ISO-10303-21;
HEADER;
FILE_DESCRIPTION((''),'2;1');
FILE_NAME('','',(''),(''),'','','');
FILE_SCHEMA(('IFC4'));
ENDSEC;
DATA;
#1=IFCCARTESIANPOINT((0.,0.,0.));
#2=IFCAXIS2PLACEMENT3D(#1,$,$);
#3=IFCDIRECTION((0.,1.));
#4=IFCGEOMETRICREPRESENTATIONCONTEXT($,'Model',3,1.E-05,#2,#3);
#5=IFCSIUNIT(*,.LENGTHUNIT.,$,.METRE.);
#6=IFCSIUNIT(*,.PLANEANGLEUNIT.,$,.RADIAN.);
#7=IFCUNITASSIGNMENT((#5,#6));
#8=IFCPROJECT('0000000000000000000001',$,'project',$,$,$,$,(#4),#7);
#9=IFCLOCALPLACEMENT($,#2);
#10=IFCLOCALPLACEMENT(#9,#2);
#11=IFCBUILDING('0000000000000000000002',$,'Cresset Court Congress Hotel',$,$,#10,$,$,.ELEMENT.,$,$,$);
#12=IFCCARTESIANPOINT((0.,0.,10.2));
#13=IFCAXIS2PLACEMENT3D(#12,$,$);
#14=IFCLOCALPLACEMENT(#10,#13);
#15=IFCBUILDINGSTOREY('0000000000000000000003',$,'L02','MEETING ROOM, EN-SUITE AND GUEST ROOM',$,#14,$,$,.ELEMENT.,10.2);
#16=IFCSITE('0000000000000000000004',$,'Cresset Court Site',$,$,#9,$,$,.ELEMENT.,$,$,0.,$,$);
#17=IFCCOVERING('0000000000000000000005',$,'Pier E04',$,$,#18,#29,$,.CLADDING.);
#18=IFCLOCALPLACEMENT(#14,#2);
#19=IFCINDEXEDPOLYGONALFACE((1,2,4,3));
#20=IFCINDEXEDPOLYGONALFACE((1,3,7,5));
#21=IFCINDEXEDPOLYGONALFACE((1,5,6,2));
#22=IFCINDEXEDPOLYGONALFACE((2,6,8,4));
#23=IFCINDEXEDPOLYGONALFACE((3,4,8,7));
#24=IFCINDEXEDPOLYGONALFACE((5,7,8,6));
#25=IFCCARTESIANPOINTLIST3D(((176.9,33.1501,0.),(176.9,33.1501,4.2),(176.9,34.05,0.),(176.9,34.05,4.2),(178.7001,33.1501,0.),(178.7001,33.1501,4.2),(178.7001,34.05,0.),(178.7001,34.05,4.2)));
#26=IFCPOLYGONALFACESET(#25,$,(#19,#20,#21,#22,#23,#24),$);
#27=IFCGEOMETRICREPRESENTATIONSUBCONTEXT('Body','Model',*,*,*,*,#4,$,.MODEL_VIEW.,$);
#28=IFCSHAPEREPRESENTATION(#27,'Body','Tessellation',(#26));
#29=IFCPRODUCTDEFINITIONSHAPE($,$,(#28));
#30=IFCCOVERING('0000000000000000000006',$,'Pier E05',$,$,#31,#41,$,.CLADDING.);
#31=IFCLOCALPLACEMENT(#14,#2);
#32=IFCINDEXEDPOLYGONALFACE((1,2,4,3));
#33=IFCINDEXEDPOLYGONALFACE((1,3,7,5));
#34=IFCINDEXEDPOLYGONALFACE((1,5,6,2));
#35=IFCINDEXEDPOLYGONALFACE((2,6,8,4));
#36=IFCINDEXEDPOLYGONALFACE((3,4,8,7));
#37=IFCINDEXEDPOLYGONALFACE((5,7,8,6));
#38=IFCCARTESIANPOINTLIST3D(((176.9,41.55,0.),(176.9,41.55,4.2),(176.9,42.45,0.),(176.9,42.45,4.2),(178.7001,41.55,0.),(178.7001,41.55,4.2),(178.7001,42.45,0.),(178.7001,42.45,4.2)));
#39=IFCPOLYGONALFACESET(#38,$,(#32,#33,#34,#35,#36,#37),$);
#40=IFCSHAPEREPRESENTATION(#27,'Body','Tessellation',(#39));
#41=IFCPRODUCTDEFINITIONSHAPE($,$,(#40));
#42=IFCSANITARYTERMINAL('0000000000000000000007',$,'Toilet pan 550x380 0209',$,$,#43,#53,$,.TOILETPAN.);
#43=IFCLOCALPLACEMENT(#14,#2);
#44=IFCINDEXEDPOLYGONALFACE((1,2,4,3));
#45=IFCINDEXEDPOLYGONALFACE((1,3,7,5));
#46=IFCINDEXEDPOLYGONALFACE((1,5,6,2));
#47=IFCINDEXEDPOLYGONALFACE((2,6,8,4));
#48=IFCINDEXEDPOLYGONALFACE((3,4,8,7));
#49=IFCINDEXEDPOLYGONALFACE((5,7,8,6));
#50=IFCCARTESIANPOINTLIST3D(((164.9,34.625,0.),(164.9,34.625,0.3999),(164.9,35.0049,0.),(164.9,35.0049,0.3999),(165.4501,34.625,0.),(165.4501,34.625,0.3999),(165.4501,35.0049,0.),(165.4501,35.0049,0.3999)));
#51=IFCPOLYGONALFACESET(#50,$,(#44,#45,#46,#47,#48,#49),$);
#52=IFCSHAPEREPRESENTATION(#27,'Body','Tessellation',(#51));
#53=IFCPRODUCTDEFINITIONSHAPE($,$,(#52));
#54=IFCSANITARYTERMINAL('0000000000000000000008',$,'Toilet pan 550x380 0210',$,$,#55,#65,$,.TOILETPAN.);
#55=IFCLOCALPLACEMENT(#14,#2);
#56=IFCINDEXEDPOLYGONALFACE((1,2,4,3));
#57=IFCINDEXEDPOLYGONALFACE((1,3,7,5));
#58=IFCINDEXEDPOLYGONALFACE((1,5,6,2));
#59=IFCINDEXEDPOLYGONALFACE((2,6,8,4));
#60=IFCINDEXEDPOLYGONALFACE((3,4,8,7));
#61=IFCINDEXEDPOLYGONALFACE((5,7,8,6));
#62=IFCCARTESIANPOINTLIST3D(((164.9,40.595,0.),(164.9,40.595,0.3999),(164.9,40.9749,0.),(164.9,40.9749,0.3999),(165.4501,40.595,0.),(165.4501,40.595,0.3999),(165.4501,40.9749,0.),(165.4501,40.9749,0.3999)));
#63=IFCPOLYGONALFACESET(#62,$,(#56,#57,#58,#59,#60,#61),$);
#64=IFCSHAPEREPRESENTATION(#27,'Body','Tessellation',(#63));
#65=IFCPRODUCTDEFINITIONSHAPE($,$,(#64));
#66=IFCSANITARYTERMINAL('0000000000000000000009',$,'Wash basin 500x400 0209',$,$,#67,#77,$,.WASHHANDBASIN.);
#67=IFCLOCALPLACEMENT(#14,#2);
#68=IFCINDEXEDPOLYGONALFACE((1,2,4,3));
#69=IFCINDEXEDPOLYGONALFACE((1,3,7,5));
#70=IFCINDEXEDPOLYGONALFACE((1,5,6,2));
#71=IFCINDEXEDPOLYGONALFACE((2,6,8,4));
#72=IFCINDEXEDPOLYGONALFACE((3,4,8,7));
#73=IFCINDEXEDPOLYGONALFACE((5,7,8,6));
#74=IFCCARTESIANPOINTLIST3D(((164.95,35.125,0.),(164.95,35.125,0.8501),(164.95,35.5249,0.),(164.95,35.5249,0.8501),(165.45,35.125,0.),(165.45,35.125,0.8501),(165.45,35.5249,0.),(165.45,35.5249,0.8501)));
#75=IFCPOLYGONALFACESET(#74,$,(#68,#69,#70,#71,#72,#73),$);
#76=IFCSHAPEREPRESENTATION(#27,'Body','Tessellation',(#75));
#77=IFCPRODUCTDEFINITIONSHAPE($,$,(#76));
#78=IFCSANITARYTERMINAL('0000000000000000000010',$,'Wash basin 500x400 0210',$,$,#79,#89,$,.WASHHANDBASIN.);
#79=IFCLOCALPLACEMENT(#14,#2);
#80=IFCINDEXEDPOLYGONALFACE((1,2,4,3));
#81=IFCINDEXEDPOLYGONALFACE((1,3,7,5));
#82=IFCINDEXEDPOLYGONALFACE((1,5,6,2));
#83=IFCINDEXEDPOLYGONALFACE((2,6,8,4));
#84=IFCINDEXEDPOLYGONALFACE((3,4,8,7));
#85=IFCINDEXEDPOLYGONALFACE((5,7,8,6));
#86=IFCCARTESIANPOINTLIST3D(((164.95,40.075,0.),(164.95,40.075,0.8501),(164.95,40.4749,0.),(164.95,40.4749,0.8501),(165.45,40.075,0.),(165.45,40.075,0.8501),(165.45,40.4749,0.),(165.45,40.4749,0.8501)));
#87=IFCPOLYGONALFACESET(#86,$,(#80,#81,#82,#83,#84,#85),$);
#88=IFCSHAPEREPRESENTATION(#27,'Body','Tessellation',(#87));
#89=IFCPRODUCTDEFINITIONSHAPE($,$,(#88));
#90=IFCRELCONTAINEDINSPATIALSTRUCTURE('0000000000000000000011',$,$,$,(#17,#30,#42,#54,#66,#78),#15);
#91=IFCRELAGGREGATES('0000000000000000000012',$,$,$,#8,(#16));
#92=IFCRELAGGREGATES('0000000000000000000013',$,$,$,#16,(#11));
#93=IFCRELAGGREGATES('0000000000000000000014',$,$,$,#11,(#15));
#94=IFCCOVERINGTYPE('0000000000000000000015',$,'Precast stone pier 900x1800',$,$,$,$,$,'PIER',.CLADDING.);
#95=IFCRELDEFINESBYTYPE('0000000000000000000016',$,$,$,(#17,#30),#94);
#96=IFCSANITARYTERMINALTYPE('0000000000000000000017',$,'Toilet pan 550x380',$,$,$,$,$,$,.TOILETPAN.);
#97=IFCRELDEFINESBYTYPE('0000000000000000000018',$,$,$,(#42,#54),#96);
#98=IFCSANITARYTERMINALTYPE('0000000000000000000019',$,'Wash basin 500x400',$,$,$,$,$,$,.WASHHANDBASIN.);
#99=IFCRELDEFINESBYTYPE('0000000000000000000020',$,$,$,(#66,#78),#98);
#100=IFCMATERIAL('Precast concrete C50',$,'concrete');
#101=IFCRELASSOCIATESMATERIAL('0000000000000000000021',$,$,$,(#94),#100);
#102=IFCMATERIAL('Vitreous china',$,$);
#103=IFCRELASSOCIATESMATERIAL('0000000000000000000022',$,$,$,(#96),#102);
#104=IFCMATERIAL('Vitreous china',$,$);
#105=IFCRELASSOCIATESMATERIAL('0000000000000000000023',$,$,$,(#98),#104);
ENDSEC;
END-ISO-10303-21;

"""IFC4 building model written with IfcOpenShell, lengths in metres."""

from ifc_helpers import new_model, si_unit, direction, frame, origin, origin_2d, place, context, subcontext, project, spatial, rectangle, extrude, material, type_object, element, save


model = new_model("IFC4")

# Units and contexts
model_context = context("Model", 3, precision=1e-05, world=origin(), true_north=direction((0.0, 1.0)))
body_context = subcontext(model_context, "Body", "Model", "MODEL_VIEW")
ifc_project = project(units=[si_unit("LENGTHUNIT", "METRE"), si_unit("PLANEANGLEUNIT", "RADIAN")], contexts=[model_context])

# Site, building, storey
site_placement = place(None, origin())
site = spatial("IfcSite", under=ifc_project, at=site_placement, Name="Cresset Court Site", CompositionType="ELEMENT", RefElevation=0.0)
building_placement = place(site_placement, origin())
building = spatial("IfcBuilding", under=site, at=building_placement, Name="Cresset Court Congress Hotel", CompositionType="ELEMENT")
storey_placement = place(building_placement, frame((0.0, 0.0, 10.2)))
storey = spatial("IfcBuildingStorey", under=building, at=storey_placement, Name="L02", Description="MEETING ROOM, EN-SUITE AND GUEST ROOM", CompositionType="ELEMENT", Elevation=10.2)

# Coverings
ifc_material_1 = material(Name="Precast concrete C50", Category="concrete")
covering_type_1 = type_object("IfcCoveringType", Name="Precast stone pier 900x1800", ElementType="PIER", PredefinedType="CLADDING", material=ifc_material_1)
for number, where, z_axis, x_axis, name in (
    (1, (177.8, 33.6001, 0.0), (0.0, 0.0, 1.0), (1.0, 0.0, 0.0), "Pier E04"),
    (2, (177.8, 42.0, 0.0), (0.0, 0.0, 1.0), (1.0, 0.0, 0.0), "Pier E05"),
):
    element("IfcCovering", number, at=place(storey_placement, frame(where, z_axis=z_axis, x_axis=x_axis)), inside=storey, type_object=covering_type_1, Name=name, PredefinedType="CLADDING", context=body_context, shape_type="SweptSolid", body=[
        extrude(rectangle(XDim=1.8, YDim=0.8999, at=origin_2d()), origin(), (0.0, 0.0, 1.0), 4.2),
    ])

# Sanitary terminals
ifc_material_2 = material(Name="Vitreous china")
sanitary_terminal_type_1 = type_object("IfcSanitaryTerminalType", Name="Toilet pan 550x380", PredefinedType="TOILETPAN", material=ifc_material_2)
for number, where, z_axis, x_axis, name in (
    (3, (165.175, 34.8149, 0.0), (0.0, 0.0, 1.0), (1.0, 0.0, 0.0), "Toilet pan 550x380 0209"),
    (4, (165.175, 40.7849, 0.0), (0.0, 0.0, 1.0), (1.0, 0.0, 0.0), "Toilet pan 550x380 0210"),
):
    element("IfcSanitaryTerminal", number, at=place(storey_placement, frame(where, z_axis=z_axis, x_axis=x_axis)), inside=storey, type_object=sanitary_terminal_type_1, Name=name, PredefinedType="TOILETPAN", context=body_context, shape_type="SweptSolid", body=[
        extrude(rectangle(XDim=0.55, YDim=0.3799, at=origin_2d()), origin(), (0.0, 0.0, 1.0), 0.3999),
    ])
ifc_material_3 = material(Name="Vitreous china")
sanitary_terminal_type_2 = type_object("IfcSanitaryTerminalType", Name="Wash basin 500x400", PredefinedType="WASHHANDBASIN", material=ifc_material_3)
for number, where, z_axis, x_axis, name in (
    (5, (165.2, 35.325, 0.0), (0.0, 0.0, 1.0), (1.0, 0.0, 0.0), "Wash basin 500x400 0209"),
    (6, (165.2, 40.2749, 0.0), (0.0, 0.0, 1.0), (1.0, 0.0, 0.0), "Wash basin 500x400 0210"),
):
    element("IfcSanitaryTerminal", number, at=place(storey_placement, frame(where, z_axis=z_axis, x_axis=x_axis)), inside=storey, type_object=sanitary_terminal_type_2, Name=name, PredefinedType="WASHHANDBASIN", context=body_context, shape_type="SweptSolid", body=[
        extrude(rectangle(XDim=0.5, YDim=0.3999, at=origin_2d()), origin(), (0.0, 0.0, 1.0), 0.8501),
    ])

save(model, "model.ifc")
